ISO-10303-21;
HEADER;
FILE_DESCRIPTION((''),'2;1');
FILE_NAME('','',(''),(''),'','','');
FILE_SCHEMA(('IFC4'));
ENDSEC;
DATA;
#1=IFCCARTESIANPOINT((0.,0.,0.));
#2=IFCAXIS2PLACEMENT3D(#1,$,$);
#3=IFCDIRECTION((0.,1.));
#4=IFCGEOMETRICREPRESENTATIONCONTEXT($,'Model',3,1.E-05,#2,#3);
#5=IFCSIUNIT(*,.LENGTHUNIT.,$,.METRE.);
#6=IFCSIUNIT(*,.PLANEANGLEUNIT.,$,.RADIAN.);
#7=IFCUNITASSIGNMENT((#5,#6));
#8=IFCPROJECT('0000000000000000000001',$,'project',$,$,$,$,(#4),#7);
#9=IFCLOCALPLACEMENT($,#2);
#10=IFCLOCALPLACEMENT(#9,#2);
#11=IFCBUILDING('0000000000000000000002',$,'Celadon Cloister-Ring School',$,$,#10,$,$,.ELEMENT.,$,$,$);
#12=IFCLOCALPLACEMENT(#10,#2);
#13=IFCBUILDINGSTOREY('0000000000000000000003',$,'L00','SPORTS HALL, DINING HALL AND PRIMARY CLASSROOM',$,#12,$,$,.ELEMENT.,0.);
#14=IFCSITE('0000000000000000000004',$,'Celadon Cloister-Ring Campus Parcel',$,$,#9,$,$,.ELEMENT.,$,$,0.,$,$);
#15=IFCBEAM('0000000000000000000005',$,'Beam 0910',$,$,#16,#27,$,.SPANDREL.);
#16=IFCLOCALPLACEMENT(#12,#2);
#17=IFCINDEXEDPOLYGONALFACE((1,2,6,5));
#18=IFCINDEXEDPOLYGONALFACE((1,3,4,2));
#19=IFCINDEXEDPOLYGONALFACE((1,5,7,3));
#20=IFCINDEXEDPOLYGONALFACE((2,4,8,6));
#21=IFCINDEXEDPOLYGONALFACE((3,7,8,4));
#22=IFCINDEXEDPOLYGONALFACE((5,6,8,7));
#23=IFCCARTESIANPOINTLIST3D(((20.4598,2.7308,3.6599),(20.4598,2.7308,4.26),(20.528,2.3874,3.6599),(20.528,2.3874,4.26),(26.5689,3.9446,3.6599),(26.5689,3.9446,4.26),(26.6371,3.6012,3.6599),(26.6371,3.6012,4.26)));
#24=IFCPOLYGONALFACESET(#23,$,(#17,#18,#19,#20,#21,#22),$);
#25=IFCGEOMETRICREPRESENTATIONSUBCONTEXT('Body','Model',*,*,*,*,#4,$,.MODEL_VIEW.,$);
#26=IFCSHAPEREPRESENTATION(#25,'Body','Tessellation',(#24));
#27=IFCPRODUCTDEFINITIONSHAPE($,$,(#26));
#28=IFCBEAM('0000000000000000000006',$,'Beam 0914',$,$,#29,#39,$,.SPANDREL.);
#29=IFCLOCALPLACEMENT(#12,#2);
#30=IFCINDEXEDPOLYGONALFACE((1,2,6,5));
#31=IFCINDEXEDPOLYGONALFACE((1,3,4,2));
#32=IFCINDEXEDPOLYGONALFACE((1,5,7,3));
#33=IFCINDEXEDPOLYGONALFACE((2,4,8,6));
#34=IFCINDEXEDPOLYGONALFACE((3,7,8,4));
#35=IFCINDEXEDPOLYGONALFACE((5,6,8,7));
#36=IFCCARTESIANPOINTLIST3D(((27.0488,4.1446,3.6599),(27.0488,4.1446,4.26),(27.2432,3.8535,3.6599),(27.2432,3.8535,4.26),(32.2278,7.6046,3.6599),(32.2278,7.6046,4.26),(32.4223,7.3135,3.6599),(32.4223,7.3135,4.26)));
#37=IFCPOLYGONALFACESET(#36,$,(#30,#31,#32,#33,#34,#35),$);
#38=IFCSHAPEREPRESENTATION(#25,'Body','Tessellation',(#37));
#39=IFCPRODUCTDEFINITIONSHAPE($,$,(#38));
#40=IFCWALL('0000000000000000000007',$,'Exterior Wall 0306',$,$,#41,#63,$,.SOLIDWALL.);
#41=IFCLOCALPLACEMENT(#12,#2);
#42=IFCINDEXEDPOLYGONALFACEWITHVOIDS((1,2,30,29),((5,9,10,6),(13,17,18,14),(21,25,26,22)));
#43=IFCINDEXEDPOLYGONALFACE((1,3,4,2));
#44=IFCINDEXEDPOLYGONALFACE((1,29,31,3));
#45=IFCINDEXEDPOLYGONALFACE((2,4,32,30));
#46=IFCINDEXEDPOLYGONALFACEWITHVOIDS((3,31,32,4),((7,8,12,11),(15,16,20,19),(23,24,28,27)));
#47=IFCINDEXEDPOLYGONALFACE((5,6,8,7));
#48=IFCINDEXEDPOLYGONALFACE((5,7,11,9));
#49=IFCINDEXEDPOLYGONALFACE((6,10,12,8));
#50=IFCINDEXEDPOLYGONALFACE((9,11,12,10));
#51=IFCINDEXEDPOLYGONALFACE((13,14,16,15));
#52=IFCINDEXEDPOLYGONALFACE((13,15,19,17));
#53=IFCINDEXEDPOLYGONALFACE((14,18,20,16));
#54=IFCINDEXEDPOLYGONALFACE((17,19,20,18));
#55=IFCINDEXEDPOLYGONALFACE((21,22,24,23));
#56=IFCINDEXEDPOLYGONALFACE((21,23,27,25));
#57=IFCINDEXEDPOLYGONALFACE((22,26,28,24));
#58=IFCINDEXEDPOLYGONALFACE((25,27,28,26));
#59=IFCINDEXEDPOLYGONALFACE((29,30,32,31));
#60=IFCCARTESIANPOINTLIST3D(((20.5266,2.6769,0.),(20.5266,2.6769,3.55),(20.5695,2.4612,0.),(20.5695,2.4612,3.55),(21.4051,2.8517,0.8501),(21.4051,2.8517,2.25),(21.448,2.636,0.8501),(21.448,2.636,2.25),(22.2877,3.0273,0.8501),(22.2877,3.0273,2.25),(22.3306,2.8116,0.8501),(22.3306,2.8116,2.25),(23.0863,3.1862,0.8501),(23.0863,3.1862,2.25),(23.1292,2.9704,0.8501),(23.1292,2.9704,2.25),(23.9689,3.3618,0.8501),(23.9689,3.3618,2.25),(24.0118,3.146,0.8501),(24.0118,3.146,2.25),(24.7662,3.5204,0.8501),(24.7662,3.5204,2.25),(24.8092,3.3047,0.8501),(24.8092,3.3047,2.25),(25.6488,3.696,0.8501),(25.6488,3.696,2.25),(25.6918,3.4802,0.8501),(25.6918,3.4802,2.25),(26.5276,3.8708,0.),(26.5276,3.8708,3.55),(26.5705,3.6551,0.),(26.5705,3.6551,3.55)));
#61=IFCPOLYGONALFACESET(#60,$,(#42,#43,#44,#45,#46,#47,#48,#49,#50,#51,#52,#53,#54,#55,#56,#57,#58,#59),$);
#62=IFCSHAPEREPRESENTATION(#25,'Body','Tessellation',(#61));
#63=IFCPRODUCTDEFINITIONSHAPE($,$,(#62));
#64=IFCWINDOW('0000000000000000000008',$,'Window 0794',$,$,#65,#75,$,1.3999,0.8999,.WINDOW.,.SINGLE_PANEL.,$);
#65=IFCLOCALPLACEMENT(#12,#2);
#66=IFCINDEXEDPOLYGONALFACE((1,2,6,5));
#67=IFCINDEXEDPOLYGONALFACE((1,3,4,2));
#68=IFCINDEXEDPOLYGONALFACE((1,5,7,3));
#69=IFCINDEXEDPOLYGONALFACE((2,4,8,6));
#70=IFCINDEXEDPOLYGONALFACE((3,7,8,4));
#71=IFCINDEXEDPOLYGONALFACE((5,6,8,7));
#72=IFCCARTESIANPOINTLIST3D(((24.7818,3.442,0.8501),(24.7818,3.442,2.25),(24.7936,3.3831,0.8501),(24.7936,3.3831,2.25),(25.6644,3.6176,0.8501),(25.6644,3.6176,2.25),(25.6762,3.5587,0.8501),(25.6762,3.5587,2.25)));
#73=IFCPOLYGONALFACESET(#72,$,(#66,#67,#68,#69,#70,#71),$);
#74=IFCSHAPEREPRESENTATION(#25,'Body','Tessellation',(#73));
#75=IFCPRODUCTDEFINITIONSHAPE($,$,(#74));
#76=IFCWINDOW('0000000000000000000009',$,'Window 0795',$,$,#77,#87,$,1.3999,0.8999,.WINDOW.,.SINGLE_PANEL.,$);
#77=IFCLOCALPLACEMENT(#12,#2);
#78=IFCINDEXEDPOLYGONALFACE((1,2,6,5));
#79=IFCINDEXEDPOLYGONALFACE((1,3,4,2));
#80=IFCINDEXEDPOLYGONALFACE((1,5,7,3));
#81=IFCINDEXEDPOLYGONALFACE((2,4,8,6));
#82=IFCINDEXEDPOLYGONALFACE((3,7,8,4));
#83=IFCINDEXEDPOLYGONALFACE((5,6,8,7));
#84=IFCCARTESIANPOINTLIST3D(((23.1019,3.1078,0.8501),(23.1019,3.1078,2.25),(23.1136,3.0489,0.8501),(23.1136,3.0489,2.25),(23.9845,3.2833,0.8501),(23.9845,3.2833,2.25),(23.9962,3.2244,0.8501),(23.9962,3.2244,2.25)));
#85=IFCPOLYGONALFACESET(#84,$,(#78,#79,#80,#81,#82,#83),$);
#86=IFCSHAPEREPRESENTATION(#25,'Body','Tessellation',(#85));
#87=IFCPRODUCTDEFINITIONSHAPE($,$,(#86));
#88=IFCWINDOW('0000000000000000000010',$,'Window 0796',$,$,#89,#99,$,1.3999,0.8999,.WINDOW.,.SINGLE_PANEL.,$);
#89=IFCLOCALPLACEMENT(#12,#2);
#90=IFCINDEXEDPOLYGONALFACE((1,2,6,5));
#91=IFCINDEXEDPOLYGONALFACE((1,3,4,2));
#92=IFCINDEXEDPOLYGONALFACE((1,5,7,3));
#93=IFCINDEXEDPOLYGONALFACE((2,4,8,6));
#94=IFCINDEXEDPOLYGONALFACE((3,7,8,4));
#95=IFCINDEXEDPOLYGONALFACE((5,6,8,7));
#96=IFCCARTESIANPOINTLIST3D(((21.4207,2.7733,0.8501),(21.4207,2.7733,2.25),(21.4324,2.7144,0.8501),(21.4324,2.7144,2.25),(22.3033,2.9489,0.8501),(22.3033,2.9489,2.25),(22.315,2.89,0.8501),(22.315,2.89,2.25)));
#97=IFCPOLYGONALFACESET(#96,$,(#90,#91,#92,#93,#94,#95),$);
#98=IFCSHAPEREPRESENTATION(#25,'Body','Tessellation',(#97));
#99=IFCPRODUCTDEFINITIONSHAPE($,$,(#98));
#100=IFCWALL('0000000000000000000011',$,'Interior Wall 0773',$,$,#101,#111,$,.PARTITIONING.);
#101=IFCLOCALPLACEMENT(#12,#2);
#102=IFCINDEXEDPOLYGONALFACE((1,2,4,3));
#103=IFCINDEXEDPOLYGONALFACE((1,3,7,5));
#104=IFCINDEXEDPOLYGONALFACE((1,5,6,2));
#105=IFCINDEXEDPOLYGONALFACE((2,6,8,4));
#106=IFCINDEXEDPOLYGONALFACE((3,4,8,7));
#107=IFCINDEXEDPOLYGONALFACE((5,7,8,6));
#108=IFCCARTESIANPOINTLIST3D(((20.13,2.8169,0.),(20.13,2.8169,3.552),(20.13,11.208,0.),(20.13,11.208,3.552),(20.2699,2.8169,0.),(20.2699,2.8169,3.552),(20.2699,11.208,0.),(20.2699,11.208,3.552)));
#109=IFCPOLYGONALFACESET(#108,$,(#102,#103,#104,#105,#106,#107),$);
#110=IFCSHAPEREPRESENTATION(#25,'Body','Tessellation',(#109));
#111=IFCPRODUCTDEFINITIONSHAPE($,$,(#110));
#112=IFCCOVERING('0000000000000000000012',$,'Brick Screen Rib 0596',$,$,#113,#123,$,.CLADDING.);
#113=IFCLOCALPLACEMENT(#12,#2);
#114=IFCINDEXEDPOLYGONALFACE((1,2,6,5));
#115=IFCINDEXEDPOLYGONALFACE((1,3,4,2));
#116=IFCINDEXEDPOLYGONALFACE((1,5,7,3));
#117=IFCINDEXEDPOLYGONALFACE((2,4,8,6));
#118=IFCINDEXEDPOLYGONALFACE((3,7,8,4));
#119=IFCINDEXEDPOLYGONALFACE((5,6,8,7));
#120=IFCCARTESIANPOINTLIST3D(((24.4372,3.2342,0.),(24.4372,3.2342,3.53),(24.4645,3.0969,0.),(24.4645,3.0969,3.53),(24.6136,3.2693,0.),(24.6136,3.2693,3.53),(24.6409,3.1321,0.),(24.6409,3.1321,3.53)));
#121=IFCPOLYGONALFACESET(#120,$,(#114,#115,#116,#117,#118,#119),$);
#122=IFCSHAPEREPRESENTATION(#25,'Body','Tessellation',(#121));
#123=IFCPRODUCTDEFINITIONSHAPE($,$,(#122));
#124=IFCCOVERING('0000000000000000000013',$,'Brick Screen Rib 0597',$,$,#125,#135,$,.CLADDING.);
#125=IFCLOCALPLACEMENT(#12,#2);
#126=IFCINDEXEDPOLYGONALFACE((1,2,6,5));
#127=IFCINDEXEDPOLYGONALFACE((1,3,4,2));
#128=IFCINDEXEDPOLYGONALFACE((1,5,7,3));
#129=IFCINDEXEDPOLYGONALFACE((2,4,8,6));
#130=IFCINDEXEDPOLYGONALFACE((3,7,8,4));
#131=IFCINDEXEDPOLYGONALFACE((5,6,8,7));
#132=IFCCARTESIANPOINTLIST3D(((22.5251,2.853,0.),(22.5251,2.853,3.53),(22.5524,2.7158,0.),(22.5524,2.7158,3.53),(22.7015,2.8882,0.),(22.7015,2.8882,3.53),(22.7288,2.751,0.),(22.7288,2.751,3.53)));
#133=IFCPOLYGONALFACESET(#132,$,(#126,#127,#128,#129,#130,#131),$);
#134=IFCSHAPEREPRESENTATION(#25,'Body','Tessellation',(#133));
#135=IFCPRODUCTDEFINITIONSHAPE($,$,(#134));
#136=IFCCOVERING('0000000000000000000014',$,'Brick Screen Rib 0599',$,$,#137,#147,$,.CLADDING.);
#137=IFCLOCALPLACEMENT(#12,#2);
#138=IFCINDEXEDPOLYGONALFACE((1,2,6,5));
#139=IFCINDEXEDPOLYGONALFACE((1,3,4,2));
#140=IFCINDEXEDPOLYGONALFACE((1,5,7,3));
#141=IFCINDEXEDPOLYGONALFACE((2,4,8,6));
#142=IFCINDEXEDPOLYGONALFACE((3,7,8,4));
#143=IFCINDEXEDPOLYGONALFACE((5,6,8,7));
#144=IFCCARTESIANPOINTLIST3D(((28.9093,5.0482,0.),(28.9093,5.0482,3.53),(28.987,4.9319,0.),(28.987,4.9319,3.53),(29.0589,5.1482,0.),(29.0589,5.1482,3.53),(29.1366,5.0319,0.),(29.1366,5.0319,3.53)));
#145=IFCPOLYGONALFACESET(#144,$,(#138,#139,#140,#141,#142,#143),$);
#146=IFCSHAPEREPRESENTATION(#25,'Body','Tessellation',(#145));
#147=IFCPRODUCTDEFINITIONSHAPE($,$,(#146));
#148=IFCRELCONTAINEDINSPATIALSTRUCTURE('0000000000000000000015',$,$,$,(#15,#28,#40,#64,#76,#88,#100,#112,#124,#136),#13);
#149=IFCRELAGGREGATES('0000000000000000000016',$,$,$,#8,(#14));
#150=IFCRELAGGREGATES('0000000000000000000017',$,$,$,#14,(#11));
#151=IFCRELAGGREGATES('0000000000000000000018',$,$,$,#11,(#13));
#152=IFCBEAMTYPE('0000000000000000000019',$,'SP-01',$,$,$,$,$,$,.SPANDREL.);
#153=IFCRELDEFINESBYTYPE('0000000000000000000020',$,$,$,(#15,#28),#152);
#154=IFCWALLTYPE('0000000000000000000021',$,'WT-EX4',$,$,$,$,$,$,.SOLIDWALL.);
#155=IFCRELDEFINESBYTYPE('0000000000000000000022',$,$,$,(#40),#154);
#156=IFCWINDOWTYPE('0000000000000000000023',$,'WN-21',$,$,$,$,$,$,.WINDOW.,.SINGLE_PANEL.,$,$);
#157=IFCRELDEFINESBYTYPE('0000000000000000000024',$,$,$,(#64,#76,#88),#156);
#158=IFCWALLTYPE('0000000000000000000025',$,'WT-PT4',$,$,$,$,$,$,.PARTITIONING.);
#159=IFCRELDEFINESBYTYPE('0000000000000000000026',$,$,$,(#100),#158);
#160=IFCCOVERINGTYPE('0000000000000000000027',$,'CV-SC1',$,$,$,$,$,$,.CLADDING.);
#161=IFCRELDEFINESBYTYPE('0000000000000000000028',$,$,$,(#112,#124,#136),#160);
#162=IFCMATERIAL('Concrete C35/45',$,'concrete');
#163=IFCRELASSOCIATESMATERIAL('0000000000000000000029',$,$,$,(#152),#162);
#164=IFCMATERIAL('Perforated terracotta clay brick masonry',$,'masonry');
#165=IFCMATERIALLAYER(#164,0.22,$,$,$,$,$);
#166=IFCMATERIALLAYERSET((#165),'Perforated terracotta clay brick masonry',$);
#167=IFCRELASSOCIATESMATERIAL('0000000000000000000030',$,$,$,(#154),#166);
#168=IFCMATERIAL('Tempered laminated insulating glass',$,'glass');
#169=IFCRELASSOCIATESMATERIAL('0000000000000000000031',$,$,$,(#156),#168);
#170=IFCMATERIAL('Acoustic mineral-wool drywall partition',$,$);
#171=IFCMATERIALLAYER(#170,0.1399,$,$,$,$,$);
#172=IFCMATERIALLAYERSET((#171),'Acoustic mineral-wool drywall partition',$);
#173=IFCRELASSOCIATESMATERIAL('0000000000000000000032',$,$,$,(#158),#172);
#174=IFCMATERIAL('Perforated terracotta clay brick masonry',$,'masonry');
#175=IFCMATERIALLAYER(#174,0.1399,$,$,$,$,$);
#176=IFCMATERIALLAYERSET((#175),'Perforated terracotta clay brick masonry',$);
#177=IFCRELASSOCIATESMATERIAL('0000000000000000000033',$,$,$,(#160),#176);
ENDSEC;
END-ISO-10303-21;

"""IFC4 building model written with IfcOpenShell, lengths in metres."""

from ifc_helpers import new_model, si_unit, direction, frame, frame_2d, origin, origin_2d, place, context, subcontext, project, spatial, rectangle, extrude, material, layer, layer_set, material_profile, profile_set, type_object, element, fill, save


model = new_model("IFC4")

# Units and contexts
model_context = context("Model", 3, precision=1e-05, world=origin(), true_north=direction((0.0, 1.0)))
body_context = subcontext(model_context, "Body", "Model", "MODEL_VIEW")
ifc_project = project(units=[si_unit("LENGTHUNIT", "METRE"), si_unit("PLANEANGLEUNIT", "RADIAN")], contexts=[model_context])

# Site, building, storey
site_placement = place(None, origin())
site = spatial("IfcSite", under=ifc_project, at=site_placement, Name="Celadon Cloister-Ring Campus Parcel", CompositionType="ELEMENT", RefElevation=0.0)
building_placement = place(site_placement, origin())
building = spatial("IfcBuilding", under=site, at=building_placement, Name="Celadon Cloister-Ring School", CompositionType="ELEMENT")
storey_placement = place(building_placement, origin())
storey = spatial("IfcBuildingStorey", under=building, at=storey_placement, Name="L00", Description="SPORTS HALL, DINING HALL AND PRIMARY CLASSROOM", CompositionType="ELEMENT", Elevation=0.0)

# Beams
ifc_material_1 = material(Name="Concrete C35/45", Category="concrete")
ifc_material_profile_1 = material_profile(ifc_material_1, rectangle(XDim=0.3501, YDim=0.6001, at=origin_2d()), Name="RC350X600")
ifc_profile_set_1 = profile_set([ifc_material_profile_1], Name="Concrete C35/45")
beam_type_1 = type_object("IfcBeamType", Name="SP-01", PredefinedType="SPANDREL", material=ifc_profile_set_1)
for number, where, z_axis, x_axis, name in (
    (1, (20.4939, 2.5591, 3.96), (0.980826, 0.194887, 0.0), (-0.194887, 0.980826, 0.0), "Beam 0910"),
    (2, (27.146, 3.999, 3.96), (0.831507, 0.555514, 0.0), (-0.555514, 0.831507, 0.0), "Beam 0914"),
):
    element("IfcBeam", number, at=place(storey_placement, frame(where, z_axis=z_axis, x_axis=x_axis)), inside=storey, type_object=beam_type_1, Name=name, PredefinedType="SPANDREL", context=body_context, shape_type="SweptSolid", body=[
        extrude(rectangle(XDim=0.3501, YDim=0.6001, at=origin_2d()), origin(), (0.0, 0.0, 1.0), 6.2285),
    ])

# Wall, openings, windows
ifc_material_2 = material(Name="Perforated terracotta clay brick masonry", Category="masonry")
ifc_layer_1 = layer(ifc_material_2, 0.22)
ifc_layer_set_1 = layer_set([ifc_layer_1], Name="Perforated terracotta clay brick masonry")
wall_type_1 = type_object("IfcWallType", Name="WT-EX4", PredefinedType="SOLIDWALL", material=ifc_layer_set_1)
wall_1_placement = place(storey_placement, frame((26.5491, 3.7629, 0.0), z_axis=(0.0, 0.0, 1.0), x_axis=(-0.98078, -0.195118, 0.0)))
wall_1 = element("IfcWall", 3, at=wall_1_placement, inside=storey, type_object=wall_type_1, Name="Exterior Wall 0306", PredefinedType="SOLIDWALL", context=body_context, shape_type="SweptSolid", body=[
    extrude(rectangle(XDim=6.1187, YDim=0.22, at=frame_2d((3.0593, 0.0))), origin(), (0.0, 0.0, 1.0), 3.55),
])
opening_1_placement = place(wall_1_placement, frame((0.896, 0.0, 0.8501)))
opening_1 = element("IfcOpeningElement", 4, at=opening_1_placement, cuts=wall_1, PredefinedType="OPENING", context=body_context, shape_type="SweptSolid", body=[
    extrude(rectangle(XDim=0.8999, YDim=1.3999, at=frame_2d((0.45, 0.7))), frame((0.0, 0.1201, 0.0), z_axis=(0.0, -1.0, 0.0), x_axis=(1.0, 0.0, 0.0)), (0.0, 0.0, 1.0), 0.24),
])
opening_2_placement = place(wall_1_placement, frame((2.6089, 0.0, 0.8501)))
opening_2 = element("IfcOpeningElement", 5, at=opening_2_placement, cuts=wall_1, PredefinedType="OPENING", context=body_context, shape_type="SweptSolid", body=[
    extrude(rectangle(XDim=0.8999, YDim=1.3999, at=frame_2d((0.45, 0.7))), frame((0.0, 0.1201, 0.0), z_axis=(0.0, -1.0, 0.0), x_axis=(1.0, 0.0, 0.0)), (0.0, 0.0, 1.0), 0.24),
])
opening_3_placement = place(wall_1_placement, frame((4.323, 0.0, 0.8501)))
opening_3 = element("IfcOpeningElement", 6, at=opening_3_placement, cuts=wall_1, PredefinedType="OPENING", context=body_context, shape_type="SweptSolid", body=[
    extrude(rectangle(XDim=0.8999, YDim=1.3999, at=frame_2d((0.45, 0.7))), frame((0.0, 0.1201, 0.0), z_axis=(0.0, -1.0, 0.0), x_axis=(1.0, 0.0, 0.0)), (0.0, 0.0, 1.0), 0.24),
])
ifc_material_3 = material(Name="Tempered laminated insulating glass", Category="glass")
window_type = type_object("IfcWindowType", Name="WN-21", PartitioningType="SINGLE_PANEL", PredefinedType="WINDOW", material=ifc_material_3)
window_1_placement = place(opening_1_placement, origin())
window_1 = element("IfcWindow", 7, at=window_1_placement, inside=storey, type_object=window_type, Name="Window 0794", OverallHeight=1.3999, OverallWidth=0.8999, PartitioningType="SINGLE_PANEL", PredefinedType="WINDOW", context=body_context, shape_type="SweptSolid", body=[
    extrude(rectangle(XDim=0.8999, YDim=1.3999, at=frame_2d((0.45, 0.7))), frame((0.0, 0.03, 0.0), z_axis=(0.0, -1.0, 0.0), x_axis=(1.0, 0.0, 0.0)), (0.0, 0.0, 1.0), 0.0601),
])
fill(opening_1, window_1)
window_2_placement = place(opening_2_placement, origin())
window_2 = element("IfcWindow", 8, at=window_2_placement, inside=storey, type_object=window_type, Name="Window 0795", OverallHeight=1.3999, OverallWidth=0.8999, PartitioningType="SINGLE_PANEL", PredefinedType="WINDOW", context=body_context, shape_type="SweptSolid", body=[
    extrude(rectangle(XDim=0.8999, YDim=1.3999, at=frame_2d((0.45, 0.7))), frame((0.0, 0.03, 0.0), z_axis=(0.0, -1.0, 0.0), x_axis=(1.0, 0.0, 0.0)), (0.0, 0.0, 1.0), 0.0601),
])
fill(opening_2, window_2)
window_3_placement = place(opening_3_placement, origin())
window_3 = element("IfcWindow", 9, at=window_3_placement, inside=storey, type_object=window_type, Name="Window 0796", OverallHeight=1.3999, OverallWidth=0.8999, PartitioningType="SINGLE_PANEL", PredefinedType="WINDOW", context=body_context, shape_type="SweptSolid", body=[
    extrude(rectangle(XDim=0.8999, YDim=1.3999, at=frame_2d((0.45, 0.7))), frame((0.0, 0.03, 0.0), z_axis=(0.0, -1.0, 0.0), x_axis=(1.0, 0.0, 0.0)), (0.0, 0.0, 1.0), 0.0601),
])
fill(opening_3, window_3)

# Wall
ifc_material_4 = material(Name="Acoustic mineral-wool drywall partition")
ifc_layer_2 = layer(ifc_material_4, 0.1399)
ifc_layer_set_2 = layer_set([ifc_layer_2], Name="Acoustic mineral-wool drywall partition")
wall_type_2 = type_object("IfcWallType", Name="WT-PT4", PredefinedType="PARTITIONING", material=ifc_layer_set_2)
wall_2_placement = place(storey_placement, frame((20.2, 11.208, 0.0), z_axis=(0.0, 0.0, 1.0), x_axis=(0.0, -1.0, 0.0)))
element("IfcWall", 10, at=wall_2_placement, inside=storey, type_object=wall_type_2, Name="Interior Wall 0773", PredefinedType="PARTITIONING", context=body_context, shape_type="SweptSolid", body=[
    extrude(rectangle(XDim=8.3911, YDim=0.1399, at=frame_2d((4.1956, 0.0))), origin(), (0.0, 0.0, 1.0), 3.552),
])

# Coverings
ifc_material_5 = material(Name="Perforated terracotta clay brick masonry", Category="masonry")
ifc_layer_3 = layer(ifc_material_5, 0.1399)
ifc_layer_set_3 = layer_set([ifc_layer_3], Name="Perforated terracotta clay brick masonry")
covering_type = type_object("IfcCoveringType", Name="CV-SC1", PredefinedType="CLADDING", material=ifc_layer_set_3)
for number, where, z_axis, x_axis, name in (
    (11, (24.5391, 3.1831, 0.0), (0.0, 0.0, 1.0), (-0.980775, -0.195142, 0.0), "Brick Screen Rib 0596"),
    (12, (22.627, 2.802, 0.0), (0.0, 0.0, 1.0), (-0.980775, -0.195142, 0.0), "Brick Screen Rib 0597"),
    (13, (29.0229, 5.04, 0.0), (0.0, 0.0, 1.0), (-0.831392, -0.555686, 0.0), "Brick Screen Rib 0599"),
):
    element("IfcCovering", number, at=place(storey_placement, frame(where, z_axis=z_axis, x_axis=x_axis)), inside=storey, type_object=covering_type, Name=name, PredefinedType="CLADDING", context=body_context, shape_type="SweptSolid", body=[
        extrude(rectangle(XDim=0.1799, YDim=0.1399, at=origin_2d()), origin(), (0.0, 0.0, 1.0), 3.53),
    ])

save(model, "model.ifc")
